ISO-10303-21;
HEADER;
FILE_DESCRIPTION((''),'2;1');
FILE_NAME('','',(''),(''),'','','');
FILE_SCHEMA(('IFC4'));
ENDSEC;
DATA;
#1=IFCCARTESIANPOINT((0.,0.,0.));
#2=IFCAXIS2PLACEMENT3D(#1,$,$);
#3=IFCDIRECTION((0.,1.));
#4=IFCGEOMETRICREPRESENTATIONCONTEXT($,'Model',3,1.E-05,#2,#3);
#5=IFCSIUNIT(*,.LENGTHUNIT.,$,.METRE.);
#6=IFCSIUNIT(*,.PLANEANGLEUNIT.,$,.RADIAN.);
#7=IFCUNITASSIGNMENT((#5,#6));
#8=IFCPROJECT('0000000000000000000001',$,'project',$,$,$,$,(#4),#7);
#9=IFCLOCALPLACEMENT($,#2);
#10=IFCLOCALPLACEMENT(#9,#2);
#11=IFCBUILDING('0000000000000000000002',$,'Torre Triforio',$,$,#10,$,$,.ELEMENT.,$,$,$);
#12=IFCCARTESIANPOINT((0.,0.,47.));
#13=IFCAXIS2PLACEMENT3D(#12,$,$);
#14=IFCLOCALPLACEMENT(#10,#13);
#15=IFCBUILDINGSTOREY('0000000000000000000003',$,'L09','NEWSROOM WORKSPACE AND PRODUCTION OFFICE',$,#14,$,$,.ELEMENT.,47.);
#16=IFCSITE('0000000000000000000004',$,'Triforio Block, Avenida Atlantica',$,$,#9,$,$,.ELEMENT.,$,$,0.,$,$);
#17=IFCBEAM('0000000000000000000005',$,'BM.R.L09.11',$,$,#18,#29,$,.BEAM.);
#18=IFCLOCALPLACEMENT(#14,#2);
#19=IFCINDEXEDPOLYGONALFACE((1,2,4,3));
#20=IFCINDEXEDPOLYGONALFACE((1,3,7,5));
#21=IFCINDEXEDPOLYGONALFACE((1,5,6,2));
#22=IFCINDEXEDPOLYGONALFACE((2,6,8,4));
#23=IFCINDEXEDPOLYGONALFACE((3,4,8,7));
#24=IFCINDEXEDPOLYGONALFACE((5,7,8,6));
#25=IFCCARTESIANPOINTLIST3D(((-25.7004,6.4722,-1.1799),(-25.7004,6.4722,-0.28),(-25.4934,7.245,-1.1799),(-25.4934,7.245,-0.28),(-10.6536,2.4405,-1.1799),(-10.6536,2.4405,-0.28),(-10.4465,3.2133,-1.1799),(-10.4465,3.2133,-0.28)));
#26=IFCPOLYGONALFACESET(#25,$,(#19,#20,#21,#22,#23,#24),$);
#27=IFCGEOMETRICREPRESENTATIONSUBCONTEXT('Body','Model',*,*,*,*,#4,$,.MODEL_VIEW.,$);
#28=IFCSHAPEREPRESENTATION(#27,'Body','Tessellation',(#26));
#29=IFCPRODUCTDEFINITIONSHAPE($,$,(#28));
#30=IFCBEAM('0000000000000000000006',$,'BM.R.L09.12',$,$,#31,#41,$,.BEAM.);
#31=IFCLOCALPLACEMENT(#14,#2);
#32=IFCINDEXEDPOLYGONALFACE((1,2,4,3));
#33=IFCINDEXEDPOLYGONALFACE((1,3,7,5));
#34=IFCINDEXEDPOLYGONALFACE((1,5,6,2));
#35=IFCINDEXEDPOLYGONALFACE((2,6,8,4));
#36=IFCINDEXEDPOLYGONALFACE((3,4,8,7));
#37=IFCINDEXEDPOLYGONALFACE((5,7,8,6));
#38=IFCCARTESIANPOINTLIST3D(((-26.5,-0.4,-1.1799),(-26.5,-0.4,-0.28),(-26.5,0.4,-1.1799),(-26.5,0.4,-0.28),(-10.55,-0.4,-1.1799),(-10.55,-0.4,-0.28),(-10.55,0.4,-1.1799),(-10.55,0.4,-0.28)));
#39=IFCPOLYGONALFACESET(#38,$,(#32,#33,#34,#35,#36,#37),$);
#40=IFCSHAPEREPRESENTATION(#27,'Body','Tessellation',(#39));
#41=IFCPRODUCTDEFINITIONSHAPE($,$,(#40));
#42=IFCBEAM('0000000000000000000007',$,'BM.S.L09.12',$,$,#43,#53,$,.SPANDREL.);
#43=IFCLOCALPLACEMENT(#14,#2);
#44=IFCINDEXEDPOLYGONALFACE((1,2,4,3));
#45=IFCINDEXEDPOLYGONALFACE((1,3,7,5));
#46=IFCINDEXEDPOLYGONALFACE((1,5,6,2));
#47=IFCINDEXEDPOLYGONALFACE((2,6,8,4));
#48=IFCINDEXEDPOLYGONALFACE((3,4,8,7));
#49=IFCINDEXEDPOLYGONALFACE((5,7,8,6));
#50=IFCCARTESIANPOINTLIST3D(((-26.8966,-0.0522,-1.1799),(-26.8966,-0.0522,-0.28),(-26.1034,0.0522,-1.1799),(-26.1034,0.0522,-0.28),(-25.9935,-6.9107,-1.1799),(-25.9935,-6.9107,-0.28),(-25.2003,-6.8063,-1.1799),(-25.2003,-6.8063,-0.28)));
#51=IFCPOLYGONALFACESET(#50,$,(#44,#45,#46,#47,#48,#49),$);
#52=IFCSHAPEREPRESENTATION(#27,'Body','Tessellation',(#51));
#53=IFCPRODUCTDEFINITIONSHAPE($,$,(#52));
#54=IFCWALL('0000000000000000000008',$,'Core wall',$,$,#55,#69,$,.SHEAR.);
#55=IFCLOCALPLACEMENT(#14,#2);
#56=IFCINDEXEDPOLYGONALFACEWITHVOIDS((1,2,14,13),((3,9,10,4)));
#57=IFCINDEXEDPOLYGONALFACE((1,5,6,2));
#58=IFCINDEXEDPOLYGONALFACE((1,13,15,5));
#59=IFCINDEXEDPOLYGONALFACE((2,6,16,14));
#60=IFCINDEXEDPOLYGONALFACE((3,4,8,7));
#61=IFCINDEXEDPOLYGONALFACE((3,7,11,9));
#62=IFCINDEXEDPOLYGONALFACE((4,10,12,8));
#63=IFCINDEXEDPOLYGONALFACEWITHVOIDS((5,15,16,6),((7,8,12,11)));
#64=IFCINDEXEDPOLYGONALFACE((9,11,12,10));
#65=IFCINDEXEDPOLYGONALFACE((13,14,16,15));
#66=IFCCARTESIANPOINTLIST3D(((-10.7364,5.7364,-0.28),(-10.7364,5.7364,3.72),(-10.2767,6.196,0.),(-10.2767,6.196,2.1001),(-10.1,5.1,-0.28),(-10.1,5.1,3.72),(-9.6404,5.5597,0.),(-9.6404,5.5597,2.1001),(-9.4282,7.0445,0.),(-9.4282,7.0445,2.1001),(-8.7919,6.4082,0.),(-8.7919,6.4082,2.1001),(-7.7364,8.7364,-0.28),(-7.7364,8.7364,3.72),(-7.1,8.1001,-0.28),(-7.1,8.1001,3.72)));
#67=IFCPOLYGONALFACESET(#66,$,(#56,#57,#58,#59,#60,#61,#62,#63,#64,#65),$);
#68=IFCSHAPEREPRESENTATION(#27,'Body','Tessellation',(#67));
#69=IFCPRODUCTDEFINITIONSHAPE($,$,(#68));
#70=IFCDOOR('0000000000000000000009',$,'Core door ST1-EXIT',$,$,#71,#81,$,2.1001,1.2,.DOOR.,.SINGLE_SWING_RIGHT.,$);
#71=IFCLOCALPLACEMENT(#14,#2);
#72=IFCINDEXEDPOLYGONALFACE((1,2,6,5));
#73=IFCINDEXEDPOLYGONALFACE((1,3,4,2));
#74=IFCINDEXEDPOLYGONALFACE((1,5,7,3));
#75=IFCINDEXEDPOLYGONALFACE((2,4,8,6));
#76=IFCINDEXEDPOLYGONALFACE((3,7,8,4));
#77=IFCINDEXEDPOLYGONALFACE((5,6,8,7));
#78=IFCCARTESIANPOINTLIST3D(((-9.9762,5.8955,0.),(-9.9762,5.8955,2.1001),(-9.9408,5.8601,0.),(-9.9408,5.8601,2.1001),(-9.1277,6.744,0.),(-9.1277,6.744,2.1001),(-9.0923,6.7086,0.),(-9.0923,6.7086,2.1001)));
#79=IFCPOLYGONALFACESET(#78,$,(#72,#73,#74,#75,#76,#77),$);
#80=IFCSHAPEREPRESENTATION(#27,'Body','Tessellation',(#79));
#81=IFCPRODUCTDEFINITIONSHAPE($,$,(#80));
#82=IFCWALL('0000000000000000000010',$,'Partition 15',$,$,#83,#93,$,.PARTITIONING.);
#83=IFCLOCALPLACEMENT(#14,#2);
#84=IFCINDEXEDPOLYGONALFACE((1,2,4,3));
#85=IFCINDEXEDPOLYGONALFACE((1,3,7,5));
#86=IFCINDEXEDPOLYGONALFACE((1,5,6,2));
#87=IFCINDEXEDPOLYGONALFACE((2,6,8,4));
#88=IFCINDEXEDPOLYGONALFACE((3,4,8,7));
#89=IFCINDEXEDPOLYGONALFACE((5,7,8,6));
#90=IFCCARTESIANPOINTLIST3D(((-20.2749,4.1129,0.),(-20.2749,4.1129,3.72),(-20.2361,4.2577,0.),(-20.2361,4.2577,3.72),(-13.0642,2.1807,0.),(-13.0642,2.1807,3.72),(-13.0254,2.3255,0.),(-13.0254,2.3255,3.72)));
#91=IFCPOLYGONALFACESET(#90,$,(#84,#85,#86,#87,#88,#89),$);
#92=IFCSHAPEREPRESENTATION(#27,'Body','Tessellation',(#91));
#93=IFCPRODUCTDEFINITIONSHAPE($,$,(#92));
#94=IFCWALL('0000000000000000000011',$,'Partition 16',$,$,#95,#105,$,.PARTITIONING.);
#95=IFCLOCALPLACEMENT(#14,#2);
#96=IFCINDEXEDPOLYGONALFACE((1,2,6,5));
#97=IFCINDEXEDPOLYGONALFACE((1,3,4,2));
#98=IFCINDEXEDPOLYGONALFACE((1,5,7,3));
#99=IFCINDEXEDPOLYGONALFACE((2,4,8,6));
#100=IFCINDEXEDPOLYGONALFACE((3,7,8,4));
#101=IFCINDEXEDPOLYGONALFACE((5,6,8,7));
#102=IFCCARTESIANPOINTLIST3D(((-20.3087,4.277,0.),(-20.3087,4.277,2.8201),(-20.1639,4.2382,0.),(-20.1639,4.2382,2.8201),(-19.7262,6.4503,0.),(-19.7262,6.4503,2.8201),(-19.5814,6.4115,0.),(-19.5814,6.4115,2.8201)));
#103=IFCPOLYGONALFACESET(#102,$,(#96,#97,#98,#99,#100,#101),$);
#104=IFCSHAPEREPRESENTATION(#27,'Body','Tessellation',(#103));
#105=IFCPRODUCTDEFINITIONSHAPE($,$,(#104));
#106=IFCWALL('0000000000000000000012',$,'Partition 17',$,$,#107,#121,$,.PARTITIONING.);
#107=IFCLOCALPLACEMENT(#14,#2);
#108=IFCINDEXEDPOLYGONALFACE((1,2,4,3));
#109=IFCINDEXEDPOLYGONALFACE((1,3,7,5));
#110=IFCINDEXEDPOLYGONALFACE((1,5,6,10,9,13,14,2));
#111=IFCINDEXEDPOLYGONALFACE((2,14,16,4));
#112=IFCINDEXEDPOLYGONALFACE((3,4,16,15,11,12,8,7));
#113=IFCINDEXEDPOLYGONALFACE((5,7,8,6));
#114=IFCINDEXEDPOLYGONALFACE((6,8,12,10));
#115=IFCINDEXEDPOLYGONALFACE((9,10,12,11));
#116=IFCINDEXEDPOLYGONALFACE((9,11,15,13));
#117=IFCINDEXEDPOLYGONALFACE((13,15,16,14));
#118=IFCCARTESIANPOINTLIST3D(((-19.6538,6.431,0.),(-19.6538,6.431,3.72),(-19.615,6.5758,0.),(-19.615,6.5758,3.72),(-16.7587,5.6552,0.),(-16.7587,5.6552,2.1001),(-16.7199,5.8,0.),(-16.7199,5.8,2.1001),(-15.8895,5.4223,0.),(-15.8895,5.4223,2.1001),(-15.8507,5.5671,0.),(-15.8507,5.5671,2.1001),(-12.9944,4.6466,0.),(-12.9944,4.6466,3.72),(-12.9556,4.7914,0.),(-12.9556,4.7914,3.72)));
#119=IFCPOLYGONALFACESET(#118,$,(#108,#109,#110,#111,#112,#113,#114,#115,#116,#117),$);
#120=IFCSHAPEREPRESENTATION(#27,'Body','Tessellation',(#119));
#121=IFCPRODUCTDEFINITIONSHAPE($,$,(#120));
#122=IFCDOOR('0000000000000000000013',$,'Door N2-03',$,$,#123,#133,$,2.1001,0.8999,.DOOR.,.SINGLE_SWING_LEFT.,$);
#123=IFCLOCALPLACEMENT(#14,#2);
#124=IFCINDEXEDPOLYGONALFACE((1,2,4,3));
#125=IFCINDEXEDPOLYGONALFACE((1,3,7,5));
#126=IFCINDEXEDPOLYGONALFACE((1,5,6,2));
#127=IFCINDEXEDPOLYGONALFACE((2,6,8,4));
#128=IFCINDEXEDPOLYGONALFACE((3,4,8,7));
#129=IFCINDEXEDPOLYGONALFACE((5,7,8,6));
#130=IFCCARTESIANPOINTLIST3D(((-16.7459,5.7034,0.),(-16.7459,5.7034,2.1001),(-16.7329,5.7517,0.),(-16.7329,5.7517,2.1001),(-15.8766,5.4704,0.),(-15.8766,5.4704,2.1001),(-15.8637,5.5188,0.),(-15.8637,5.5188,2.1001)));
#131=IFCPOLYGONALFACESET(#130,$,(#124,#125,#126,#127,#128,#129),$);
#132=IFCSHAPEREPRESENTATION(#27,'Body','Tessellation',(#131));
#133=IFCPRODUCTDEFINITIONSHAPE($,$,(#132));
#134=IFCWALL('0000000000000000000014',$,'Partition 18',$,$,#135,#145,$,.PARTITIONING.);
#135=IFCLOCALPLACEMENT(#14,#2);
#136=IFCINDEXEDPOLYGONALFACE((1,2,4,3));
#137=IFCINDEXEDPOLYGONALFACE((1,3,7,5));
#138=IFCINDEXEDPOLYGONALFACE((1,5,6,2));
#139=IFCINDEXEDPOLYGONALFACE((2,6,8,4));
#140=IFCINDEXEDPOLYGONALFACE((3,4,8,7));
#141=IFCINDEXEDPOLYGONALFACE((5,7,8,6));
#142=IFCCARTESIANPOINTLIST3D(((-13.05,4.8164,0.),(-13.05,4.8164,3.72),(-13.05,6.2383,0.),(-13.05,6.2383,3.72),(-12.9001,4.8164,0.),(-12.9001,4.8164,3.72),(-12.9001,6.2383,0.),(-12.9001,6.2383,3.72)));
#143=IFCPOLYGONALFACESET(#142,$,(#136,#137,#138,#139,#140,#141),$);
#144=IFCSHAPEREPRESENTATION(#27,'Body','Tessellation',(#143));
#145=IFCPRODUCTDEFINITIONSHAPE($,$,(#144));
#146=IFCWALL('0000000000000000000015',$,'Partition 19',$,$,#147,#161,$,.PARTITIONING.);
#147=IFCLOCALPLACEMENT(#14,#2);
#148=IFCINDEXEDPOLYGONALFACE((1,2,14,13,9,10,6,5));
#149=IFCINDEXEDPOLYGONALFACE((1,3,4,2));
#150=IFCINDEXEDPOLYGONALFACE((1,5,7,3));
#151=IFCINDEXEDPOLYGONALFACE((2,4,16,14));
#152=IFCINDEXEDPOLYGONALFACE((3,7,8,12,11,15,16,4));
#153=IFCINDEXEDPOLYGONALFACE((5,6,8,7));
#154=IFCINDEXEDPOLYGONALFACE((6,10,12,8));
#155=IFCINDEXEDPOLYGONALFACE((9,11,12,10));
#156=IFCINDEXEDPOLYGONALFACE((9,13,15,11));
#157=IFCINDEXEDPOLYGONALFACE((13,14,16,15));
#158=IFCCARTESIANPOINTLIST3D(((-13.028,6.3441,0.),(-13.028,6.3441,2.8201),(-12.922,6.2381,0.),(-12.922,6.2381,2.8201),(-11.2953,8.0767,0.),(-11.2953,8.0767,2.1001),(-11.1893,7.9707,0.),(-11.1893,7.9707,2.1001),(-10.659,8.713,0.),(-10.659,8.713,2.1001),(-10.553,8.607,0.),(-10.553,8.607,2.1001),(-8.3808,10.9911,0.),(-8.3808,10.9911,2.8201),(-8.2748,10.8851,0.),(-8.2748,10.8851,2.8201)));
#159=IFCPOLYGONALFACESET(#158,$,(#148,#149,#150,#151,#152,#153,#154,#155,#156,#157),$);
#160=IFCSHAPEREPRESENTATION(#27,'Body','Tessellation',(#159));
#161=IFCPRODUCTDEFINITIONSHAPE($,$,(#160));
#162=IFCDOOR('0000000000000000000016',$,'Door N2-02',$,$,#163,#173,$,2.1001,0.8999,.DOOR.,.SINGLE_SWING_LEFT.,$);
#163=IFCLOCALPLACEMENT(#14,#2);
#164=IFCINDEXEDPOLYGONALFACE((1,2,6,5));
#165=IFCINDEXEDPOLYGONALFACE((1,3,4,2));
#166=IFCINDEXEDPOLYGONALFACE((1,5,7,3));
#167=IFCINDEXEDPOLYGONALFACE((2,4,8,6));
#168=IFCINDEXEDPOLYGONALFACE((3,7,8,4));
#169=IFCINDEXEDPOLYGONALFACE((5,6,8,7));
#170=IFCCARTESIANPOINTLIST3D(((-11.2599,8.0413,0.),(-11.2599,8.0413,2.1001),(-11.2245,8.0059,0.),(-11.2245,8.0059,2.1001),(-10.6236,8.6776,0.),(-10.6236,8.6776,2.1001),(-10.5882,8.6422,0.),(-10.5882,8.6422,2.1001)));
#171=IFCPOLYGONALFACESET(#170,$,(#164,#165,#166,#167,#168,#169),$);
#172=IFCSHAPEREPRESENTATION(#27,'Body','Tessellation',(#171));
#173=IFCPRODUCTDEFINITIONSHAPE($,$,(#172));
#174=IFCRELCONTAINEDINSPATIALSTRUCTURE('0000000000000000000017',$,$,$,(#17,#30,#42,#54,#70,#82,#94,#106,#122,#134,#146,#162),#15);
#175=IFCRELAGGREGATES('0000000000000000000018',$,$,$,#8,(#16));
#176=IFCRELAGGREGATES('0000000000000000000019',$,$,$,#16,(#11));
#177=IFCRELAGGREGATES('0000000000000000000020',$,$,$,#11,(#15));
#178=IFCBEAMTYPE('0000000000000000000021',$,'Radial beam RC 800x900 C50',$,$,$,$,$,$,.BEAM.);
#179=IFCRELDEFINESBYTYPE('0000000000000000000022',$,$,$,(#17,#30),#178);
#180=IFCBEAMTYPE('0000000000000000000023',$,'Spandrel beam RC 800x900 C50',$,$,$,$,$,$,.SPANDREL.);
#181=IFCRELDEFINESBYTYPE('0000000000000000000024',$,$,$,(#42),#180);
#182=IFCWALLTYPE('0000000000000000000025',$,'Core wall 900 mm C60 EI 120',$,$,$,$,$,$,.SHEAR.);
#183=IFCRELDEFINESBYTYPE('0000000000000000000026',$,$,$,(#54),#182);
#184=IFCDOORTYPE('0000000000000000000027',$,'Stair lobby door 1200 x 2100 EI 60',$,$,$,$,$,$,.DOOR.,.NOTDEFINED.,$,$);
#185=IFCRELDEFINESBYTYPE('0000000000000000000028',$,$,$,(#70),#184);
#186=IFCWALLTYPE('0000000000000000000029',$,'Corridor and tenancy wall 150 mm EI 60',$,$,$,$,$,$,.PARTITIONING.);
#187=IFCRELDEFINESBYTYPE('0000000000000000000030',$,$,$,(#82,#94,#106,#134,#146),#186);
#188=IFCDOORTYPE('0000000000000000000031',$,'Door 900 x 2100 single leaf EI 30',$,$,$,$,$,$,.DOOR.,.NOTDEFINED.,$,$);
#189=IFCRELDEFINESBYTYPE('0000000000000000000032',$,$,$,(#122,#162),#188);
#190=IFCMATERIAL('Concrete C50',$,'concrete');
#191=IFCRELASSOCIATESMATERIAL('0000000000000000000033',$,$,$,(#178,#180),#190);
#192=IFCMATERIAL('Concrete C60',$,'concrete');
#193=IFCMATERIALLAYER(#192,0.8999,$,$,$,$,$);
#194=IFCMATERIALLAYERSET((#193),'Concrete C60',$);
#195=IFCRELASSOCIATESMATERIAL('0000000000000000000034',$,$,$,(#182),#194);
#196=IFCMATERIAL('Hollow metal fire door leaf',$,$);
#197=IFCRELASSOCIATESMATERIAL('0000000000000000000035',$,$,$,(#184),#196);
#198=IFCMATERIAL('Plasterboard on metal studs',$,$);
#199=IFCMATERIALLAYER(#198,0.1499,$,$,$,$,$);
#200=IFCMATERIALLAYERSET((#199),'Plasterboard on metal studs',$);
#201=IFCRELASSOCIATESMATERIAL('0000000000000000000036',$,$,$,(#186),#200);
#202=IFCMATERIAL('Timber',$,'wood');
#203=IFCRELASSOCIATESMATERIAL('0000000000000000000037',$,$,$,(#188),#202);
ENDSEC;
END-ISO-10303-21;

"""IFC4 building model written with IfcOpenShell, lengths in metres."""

from ifc_helpers import new_model, si_unit, direction, frame, frame_2d, origin, origin_2d, place, context, subcontext, project, spatial, rectangle, extrude, material, layer, layer_set, material_profile, profile_set, type_object, element, fill, save


model = new_model("IFC4")

# Units and contexts
model_context = context("Model", 3, precision=1e-05, world=origin(), true_north=direction((0.0, 1.0)))
body_context = subcontext(model_context, "Body", "Model", "MODEL_VIEW")
ifc_project = project(units=[si_unit("LENGTHUNIT", "METRE"), si_unit("PLANEANGLEUNIT", "RADIAN")], contexts=[model_context])

# Site, building, storey
site_placement = place(None, origin())
site = spatial("IfcSite", under=ifc_project, at=site_placement, Name="Triforio Block, Avenida Atlantica", CompositionType="ELEMENT", RefElevation=0.0)
building_placement = place(site_placement, origin())
building = spatial("IfcBuilding", under=site, at=building_placement, Name="Torre Triforio", CompositionType="ELEMENT")
storey_placement = place(building_placement, frame((0.0, 0.0, 47.0)))
storey = spatial("IfcBuildingStorey", under=building, at=storey_placement, Name="L09", Description="NEWSROOM WORKSPACE AND PRODUCTION OFFICE", CompositionType="ELEMENT", Elevation=47.0)

# Beams
ifc_material_1 = material(Name="Concrete C50", Category="concrete")
ifc_material_profile_1 = material_profile(ifc_material_1, rectangle(XDim=0.8, YDim=0.8999, at=origin_2d()), Name="RC 800x900")
ifc_profile_set_1 = profile_set([ifc_material_profile_1], Name="Concrete C50")
beam_type_1 = type_object("IfcBeamType", Name="Radial beam RC 800x900 C50", PredefinedType="BEAM", material=ifc_profile_set_1)
beam_1_placement = place(storey_placement, frame((-10.55, 2.8269, -0.73), z_axis=(-0.965927, 0.258815, 0.0), x_axis=(-0.258815, -0.965927, 0.0)))
element("IfcBeam", 1, at=beam_1_placement, inside=storey, type_object=beam_type_1, Name="BM.R.L09.11", PredefinedType="BEAM", context=body_context, shape_type="SweptSolid", body=[
    extrude(rectangle(XDim=0.8, YDim=0.8999, at=origin_2d()), origin(), (0.0, 0.0, 1.0), 15.5776),
])
beam_2_placement = place(storey_placement, frame((-10.55, 0.0, -0.73), z_axis=(-1.0, 0.0, 0.0), x_axis=(0.0, -1.0, 0.0)))
element("IfcBeam", 2, at=beam_2_placement, inside=storey, type_object=beam_type_1, Name="BM.R.L09.12", PredefinedType="BEAM", context=body_context, shape_type="SweptSolid", body=[
    extrude(rectangle(XDim=0.8, YDim=0.8999, at=origin_2d()), origin(), (0.0, 0.0, 1.0), 15.95),
])
ifc_material_profile_2 = material_profile(ifc_material_1, rectangle(XDim=0.8, YDim=0.8999, at=origin_2d()), Name="RC 800x900")
ifc_profile_set_2 = profile_set([ifc_material_profile_2], Name="Concrete C50")
beam_type_2 = type_object("IfcBeamType", Name="Spandrel beam RC 800x900 C50", PredefinedType="SPANDREL", material=ifc_profile_set_2)
beam_3_placement = place(storey_placement, frame((-26.5, 0.0, -0.73), z_axis=(0.130543, -0.991443, 0.0), x_axis=(0.991443, 0.130543, 0.0)))
element("IfcBeam", 3, at=beam_3_placement, inside=storey, type_object=beam_type_2, Name="BM.S.L09.12", PredefinedType="SPANDREL", context=body_context, shape_type="SweptSolid", body=[
    extrude(rectangle(XDim=0.8, YDim=0.8999, at=origin_2d()), origin(), (0.0, 0.0, 1.0), 6.9177),
])

# Wall, opening, door
ifc_material_2 = material(Name="Concrete C60", Category="concrete")
ifc_layer_1 = layer(ifc_material_2, 0.8999)
ifc_layer_set_1 = layer_set([ifc_layer_1], Name="Concrete C60")
wall_type_1 = type_object("IfcWallType", Name="Core wall 900 mm C60 EI 120", PredefinedType="SHEAR", material=ifc_layer_set_1)
wall_1_placement = place(storey_placement, frame((-10.4182, 5.4182, -0.28), z_axis=(0.0, 0.0, 1.0), x_axis=(0.707107, 0.707107, 0.0)))
wall_1 = element("IfcWall", 4, at=wall_1_placement, inside=storey, type_object=wall_type_1, Name="Core wall", PredefinedType="SHEAR", context=body_context, shape_type="SweptSolid", body=[
    extrude(rectangle(XDim=4.2427, YDim=0.8999, at=frame_2d((2.1213, 0.0))), origin(), (0.0, 0.0, 1.0), 4.0),
])
opening_1_placement = place(wall_1_placement, frame((0.6499, 0.0, 0.28)))
opening_1 = element("IfcOpeningElement", 5, at=opening_1_placement, cuts=wall_1, PredefinedType="OPENING", context=body_context, shape_type="SweptSolid", body=[
    extrude(rectangle(XDim=1.2, YDim=2.1001, at=frame_2d((0.6001, 1.05))), frame((0.0, 0.46, 0.0), z_axis=(0.0, -1.0, 0.0), x_axis=(1.0, 0.0, 0.0)), (0.0, 0.0, 1.0), 0.9199),
])
ifc_material_3 = material(Name="Hollow metal fire door leaf")
door_type_1 = type_object("IfcDoorType", Name="Stair lobby door 1200 x 2100 EI 60", OperationType="NOTDEFINED", PredefinedType="DOOR", material=ifc_material_3)
door_1_placement = place(opening_1_placement, origin())
door_1 = element("IfcDoor", 6, at=door_1_placement, inside=storey, type_object=door_type_1, Name="Core door ST1-EXIT", OperationType="SINGLE_SWING_RIGHT", OverallHeight=2.1001, OverallWidth=1.2, PredefinedType="DOOR", context=body_context, shape_type="SweptSolid", body=[
    extrude(rectangle(XDim=1.2, YDim=2.1001, at=frame_2d((0.6001, 1.05))), frame((0.0, 0.0249, 0.0), z_axis=(0.0, -1.0, 0.0), x_axis=(1.0, 0.0, 0.0)), (0.0, 0.0, 1.0), 0.05),
])
fill(opening_1, door_1)

# Walls
ifc_material_4 = material(Name="Plasterboard on metal studs")
ifc_layer_2 = layer(ifc_material_4, 0.1499)
ifc_layer_set_2 = layer_set([ifc_layer_2], Name="Plasterboard on metal studs")
wall_type_2 = type_object("IfcWallType", Name="Corridor and tenancy wall 150 mm EI 60", PredefinedType="PARTITIONING", material=ifc_layer_set_2)
wall_2_placement = place(storey_placement, frame((-13.0449, 2.2532, 0.0), z_axis=(0.0, 0.0, 1.0), x_axis=(-0.965925, 0.258823, 0.0)))
element("IfcWall", 7, at=wall_2_placement, inside=storey, type_object=wall_type_2, Name="Partition 15", PredefinedType="PARTITIONING", context=body_context, shape_type="SweptSolid", body=[
    extrude(rectangle(XDim=7.4651, YDim=0.1499, at=frame_2d((3.7324, 0.0))), origin(), (0.0, 0.0, 1.0), 3.72),
])
wall_3_placement = place(storey_placement, frame((-20.2363, 4.2576, 0.0), z_axis=(0.0, 0.0, 1.0), x_axis=(0.258892, 0.965906, 0.0)))
element("IfcWall", 8, at=wall_3_placement, inside=storey, type_object=wall_type_2, Name="Partition 16", PredefinedType="PARTITIONING", context=body_context, shape_type="SweptSolid", body=[
    extrude(rectangle(XDim=2.25, YDim=0.1499, at=frame_2d((1.125, 0.0))), origin(), (0.0, 0.0, 1.0), 2.8201),
])

# Wall, opening, door
wall_4_placement = place(storey_placement, frame((-19.6345, 6.5034, 0.0), z_axis=(0.0, 0.0, 1.0), x_axis=(0.965924, -0.258824, 0.0)))
wall_4 = element("IfcWall", 9, at=wall_4_placement, inside=storey, type_object=wall_type_2, Name="Partition 17", PredefinedType="PARTITIONING", context=body_context, shape_type="SweptSolid", body=[
    extrude(rectangle(XDim=6.8943, YDim=0.1499, at=frame_2d((3.4473, 0.0))), origin(), (0.0, 0.0, 1.0), 3.72),
])
opening_2_placement = place(wall_4_placement, frame((2.9973, 0.0, 0.0)))
opening_2 = element("IfcOpeningElement", 10, at=opening_2_placement, cuts=wall_4, PredefinedType="OPENING", context=body_context, shape_type="SweptSolid", body=[
    extrude(rectangle(XDim=0.8999, YDim=2.1001, at=frame_2d((0.45, 1.05))), frame((0.0, 0.085, 0.0), z_axis=(0.0, -1.0, 0.0), x_axis=(1.0, 0.0, 0.0)), (0.0, 0.0, 1.0), 0.1699),
])
ifc_material_5 = material(Name="Timber", Category="wood")
door_type_2 = type_object("IfcDoorType", Name="Door 900 x 2100 single leaf EI 30", OperationType="NOTDEFINED", PredefinedType="DOOR", material=ifc_material_5)
door_2_placement = place(opening_2_placement, origin())
door_2 = element("IfcDoor", 11, at=door_2_placement, inside=storey, type_object=door_type_2, Name="Door N2-03", OperationType="SINGLE_SWING_LEFT", OverallHeight=2.1001, OverallWidth=0.8999, PredefinedType="DOOR", context=body_context, shape_type="SweptSolid", body=[
    extrude(rectangle(XDim=0.8999, YDim=2.1001, at=frame_2d((0.45, 1.05))), frame((0.0, 0.0249, 0.0), z_axis=(0.0, -1.0, 0.0), x_axis=(1.0, 0.0, 0.0)), (0.0, 0.0, 1.0), 0.05),
])
fill(opening_2, door_2)

# Wall
wall_5_placement = place(storey_placement, frame((-12.9751, 4.8164, 0.0), z_axis=(0.0, 0.0, 1.0), x_axis=(0.0, 1.0, 0.0)))
element("IfcWall", 12, at=wall_5_placement, inside=storey, type_object=wall_type_2, Name="Partition 18", PredefinedType="PARTITIONING", context=body_context, shape_type="SweptSolid", body=[
    extrude(rectangle(XDim=1.4219, YDim=0.1499, at=frame_2d((0.7109, 0.0))), origin(), (0.0, 0.0, 1.0), 3.72),
])

# Wall, opening, door
wall_6_placement = place(storey_placement, frame((-12.9751, 6.291, 0.0), z_axis=(0.0, 0.0, 1.0), x_axis=(0.707125, 0.707088, 0.0)))
wall_6 = element("IfcWall", 13, at=wall_6_placement, inside=storey, type_object=wall_type_2, Name="Partition 19", PredefinedType="PARTITIONING", context=body_context, shape_type="SweptSolid", body=[
    extrude(rectangle(XDim=6.572, YDim=0.1499, at=frame_2d((3.2861, 0.0))), origin(), (0.0, 0.0, 1.0), 2.8201),
])
opening_3_placement = place(wall_6_placement, frame((2.4504, 0.0, 0.0)))
opening_3 = element("IfcOpeningElement", 14, at=opening_3_placement, cuts=wall_6, PredefinedType="OPENING", context=body_context, shape_type="SweptSolid", body=[
    extrude(rectangle(XDim=0.8999, YDim=2.1001, at=frame_2d((0.45, 1.05))), frame((0.0, 0.085, 0.0), z_axis=(0.0, -1.0, 0.0), x_axis=(1.0, 0.0, 0.0)), (0.0, 0.0, 1.0), 0.1699),
])
door_3_placement = place(opening_3_placement, origin())
door_3 = element("IfcDoor", 15, at=door_3_placement, inside=storey, type_object=door_type_2, Name="Door N2-02", OperationType="SINGLE_SWING_LEFT", OverallHeight=2.1001, OverallWidth=0.8999, PredefinedType="DOOR", context=body_context, shape_type="SweptSolid", body=[
    extrude(rectangle(XDim=0.8999, YDim=2.1001, at=frame_2d((0.45, 1.05))), frame((0.0, 0.0249, 0.0), z_axis=(0.0, -1.0, 0.0), x_axis=(1.0, 0.0, 0.0)), (0.0, 0.0, 1.0), 0.05),
])
fill(opening_3, door_3)

save(model, "model.ifc")
